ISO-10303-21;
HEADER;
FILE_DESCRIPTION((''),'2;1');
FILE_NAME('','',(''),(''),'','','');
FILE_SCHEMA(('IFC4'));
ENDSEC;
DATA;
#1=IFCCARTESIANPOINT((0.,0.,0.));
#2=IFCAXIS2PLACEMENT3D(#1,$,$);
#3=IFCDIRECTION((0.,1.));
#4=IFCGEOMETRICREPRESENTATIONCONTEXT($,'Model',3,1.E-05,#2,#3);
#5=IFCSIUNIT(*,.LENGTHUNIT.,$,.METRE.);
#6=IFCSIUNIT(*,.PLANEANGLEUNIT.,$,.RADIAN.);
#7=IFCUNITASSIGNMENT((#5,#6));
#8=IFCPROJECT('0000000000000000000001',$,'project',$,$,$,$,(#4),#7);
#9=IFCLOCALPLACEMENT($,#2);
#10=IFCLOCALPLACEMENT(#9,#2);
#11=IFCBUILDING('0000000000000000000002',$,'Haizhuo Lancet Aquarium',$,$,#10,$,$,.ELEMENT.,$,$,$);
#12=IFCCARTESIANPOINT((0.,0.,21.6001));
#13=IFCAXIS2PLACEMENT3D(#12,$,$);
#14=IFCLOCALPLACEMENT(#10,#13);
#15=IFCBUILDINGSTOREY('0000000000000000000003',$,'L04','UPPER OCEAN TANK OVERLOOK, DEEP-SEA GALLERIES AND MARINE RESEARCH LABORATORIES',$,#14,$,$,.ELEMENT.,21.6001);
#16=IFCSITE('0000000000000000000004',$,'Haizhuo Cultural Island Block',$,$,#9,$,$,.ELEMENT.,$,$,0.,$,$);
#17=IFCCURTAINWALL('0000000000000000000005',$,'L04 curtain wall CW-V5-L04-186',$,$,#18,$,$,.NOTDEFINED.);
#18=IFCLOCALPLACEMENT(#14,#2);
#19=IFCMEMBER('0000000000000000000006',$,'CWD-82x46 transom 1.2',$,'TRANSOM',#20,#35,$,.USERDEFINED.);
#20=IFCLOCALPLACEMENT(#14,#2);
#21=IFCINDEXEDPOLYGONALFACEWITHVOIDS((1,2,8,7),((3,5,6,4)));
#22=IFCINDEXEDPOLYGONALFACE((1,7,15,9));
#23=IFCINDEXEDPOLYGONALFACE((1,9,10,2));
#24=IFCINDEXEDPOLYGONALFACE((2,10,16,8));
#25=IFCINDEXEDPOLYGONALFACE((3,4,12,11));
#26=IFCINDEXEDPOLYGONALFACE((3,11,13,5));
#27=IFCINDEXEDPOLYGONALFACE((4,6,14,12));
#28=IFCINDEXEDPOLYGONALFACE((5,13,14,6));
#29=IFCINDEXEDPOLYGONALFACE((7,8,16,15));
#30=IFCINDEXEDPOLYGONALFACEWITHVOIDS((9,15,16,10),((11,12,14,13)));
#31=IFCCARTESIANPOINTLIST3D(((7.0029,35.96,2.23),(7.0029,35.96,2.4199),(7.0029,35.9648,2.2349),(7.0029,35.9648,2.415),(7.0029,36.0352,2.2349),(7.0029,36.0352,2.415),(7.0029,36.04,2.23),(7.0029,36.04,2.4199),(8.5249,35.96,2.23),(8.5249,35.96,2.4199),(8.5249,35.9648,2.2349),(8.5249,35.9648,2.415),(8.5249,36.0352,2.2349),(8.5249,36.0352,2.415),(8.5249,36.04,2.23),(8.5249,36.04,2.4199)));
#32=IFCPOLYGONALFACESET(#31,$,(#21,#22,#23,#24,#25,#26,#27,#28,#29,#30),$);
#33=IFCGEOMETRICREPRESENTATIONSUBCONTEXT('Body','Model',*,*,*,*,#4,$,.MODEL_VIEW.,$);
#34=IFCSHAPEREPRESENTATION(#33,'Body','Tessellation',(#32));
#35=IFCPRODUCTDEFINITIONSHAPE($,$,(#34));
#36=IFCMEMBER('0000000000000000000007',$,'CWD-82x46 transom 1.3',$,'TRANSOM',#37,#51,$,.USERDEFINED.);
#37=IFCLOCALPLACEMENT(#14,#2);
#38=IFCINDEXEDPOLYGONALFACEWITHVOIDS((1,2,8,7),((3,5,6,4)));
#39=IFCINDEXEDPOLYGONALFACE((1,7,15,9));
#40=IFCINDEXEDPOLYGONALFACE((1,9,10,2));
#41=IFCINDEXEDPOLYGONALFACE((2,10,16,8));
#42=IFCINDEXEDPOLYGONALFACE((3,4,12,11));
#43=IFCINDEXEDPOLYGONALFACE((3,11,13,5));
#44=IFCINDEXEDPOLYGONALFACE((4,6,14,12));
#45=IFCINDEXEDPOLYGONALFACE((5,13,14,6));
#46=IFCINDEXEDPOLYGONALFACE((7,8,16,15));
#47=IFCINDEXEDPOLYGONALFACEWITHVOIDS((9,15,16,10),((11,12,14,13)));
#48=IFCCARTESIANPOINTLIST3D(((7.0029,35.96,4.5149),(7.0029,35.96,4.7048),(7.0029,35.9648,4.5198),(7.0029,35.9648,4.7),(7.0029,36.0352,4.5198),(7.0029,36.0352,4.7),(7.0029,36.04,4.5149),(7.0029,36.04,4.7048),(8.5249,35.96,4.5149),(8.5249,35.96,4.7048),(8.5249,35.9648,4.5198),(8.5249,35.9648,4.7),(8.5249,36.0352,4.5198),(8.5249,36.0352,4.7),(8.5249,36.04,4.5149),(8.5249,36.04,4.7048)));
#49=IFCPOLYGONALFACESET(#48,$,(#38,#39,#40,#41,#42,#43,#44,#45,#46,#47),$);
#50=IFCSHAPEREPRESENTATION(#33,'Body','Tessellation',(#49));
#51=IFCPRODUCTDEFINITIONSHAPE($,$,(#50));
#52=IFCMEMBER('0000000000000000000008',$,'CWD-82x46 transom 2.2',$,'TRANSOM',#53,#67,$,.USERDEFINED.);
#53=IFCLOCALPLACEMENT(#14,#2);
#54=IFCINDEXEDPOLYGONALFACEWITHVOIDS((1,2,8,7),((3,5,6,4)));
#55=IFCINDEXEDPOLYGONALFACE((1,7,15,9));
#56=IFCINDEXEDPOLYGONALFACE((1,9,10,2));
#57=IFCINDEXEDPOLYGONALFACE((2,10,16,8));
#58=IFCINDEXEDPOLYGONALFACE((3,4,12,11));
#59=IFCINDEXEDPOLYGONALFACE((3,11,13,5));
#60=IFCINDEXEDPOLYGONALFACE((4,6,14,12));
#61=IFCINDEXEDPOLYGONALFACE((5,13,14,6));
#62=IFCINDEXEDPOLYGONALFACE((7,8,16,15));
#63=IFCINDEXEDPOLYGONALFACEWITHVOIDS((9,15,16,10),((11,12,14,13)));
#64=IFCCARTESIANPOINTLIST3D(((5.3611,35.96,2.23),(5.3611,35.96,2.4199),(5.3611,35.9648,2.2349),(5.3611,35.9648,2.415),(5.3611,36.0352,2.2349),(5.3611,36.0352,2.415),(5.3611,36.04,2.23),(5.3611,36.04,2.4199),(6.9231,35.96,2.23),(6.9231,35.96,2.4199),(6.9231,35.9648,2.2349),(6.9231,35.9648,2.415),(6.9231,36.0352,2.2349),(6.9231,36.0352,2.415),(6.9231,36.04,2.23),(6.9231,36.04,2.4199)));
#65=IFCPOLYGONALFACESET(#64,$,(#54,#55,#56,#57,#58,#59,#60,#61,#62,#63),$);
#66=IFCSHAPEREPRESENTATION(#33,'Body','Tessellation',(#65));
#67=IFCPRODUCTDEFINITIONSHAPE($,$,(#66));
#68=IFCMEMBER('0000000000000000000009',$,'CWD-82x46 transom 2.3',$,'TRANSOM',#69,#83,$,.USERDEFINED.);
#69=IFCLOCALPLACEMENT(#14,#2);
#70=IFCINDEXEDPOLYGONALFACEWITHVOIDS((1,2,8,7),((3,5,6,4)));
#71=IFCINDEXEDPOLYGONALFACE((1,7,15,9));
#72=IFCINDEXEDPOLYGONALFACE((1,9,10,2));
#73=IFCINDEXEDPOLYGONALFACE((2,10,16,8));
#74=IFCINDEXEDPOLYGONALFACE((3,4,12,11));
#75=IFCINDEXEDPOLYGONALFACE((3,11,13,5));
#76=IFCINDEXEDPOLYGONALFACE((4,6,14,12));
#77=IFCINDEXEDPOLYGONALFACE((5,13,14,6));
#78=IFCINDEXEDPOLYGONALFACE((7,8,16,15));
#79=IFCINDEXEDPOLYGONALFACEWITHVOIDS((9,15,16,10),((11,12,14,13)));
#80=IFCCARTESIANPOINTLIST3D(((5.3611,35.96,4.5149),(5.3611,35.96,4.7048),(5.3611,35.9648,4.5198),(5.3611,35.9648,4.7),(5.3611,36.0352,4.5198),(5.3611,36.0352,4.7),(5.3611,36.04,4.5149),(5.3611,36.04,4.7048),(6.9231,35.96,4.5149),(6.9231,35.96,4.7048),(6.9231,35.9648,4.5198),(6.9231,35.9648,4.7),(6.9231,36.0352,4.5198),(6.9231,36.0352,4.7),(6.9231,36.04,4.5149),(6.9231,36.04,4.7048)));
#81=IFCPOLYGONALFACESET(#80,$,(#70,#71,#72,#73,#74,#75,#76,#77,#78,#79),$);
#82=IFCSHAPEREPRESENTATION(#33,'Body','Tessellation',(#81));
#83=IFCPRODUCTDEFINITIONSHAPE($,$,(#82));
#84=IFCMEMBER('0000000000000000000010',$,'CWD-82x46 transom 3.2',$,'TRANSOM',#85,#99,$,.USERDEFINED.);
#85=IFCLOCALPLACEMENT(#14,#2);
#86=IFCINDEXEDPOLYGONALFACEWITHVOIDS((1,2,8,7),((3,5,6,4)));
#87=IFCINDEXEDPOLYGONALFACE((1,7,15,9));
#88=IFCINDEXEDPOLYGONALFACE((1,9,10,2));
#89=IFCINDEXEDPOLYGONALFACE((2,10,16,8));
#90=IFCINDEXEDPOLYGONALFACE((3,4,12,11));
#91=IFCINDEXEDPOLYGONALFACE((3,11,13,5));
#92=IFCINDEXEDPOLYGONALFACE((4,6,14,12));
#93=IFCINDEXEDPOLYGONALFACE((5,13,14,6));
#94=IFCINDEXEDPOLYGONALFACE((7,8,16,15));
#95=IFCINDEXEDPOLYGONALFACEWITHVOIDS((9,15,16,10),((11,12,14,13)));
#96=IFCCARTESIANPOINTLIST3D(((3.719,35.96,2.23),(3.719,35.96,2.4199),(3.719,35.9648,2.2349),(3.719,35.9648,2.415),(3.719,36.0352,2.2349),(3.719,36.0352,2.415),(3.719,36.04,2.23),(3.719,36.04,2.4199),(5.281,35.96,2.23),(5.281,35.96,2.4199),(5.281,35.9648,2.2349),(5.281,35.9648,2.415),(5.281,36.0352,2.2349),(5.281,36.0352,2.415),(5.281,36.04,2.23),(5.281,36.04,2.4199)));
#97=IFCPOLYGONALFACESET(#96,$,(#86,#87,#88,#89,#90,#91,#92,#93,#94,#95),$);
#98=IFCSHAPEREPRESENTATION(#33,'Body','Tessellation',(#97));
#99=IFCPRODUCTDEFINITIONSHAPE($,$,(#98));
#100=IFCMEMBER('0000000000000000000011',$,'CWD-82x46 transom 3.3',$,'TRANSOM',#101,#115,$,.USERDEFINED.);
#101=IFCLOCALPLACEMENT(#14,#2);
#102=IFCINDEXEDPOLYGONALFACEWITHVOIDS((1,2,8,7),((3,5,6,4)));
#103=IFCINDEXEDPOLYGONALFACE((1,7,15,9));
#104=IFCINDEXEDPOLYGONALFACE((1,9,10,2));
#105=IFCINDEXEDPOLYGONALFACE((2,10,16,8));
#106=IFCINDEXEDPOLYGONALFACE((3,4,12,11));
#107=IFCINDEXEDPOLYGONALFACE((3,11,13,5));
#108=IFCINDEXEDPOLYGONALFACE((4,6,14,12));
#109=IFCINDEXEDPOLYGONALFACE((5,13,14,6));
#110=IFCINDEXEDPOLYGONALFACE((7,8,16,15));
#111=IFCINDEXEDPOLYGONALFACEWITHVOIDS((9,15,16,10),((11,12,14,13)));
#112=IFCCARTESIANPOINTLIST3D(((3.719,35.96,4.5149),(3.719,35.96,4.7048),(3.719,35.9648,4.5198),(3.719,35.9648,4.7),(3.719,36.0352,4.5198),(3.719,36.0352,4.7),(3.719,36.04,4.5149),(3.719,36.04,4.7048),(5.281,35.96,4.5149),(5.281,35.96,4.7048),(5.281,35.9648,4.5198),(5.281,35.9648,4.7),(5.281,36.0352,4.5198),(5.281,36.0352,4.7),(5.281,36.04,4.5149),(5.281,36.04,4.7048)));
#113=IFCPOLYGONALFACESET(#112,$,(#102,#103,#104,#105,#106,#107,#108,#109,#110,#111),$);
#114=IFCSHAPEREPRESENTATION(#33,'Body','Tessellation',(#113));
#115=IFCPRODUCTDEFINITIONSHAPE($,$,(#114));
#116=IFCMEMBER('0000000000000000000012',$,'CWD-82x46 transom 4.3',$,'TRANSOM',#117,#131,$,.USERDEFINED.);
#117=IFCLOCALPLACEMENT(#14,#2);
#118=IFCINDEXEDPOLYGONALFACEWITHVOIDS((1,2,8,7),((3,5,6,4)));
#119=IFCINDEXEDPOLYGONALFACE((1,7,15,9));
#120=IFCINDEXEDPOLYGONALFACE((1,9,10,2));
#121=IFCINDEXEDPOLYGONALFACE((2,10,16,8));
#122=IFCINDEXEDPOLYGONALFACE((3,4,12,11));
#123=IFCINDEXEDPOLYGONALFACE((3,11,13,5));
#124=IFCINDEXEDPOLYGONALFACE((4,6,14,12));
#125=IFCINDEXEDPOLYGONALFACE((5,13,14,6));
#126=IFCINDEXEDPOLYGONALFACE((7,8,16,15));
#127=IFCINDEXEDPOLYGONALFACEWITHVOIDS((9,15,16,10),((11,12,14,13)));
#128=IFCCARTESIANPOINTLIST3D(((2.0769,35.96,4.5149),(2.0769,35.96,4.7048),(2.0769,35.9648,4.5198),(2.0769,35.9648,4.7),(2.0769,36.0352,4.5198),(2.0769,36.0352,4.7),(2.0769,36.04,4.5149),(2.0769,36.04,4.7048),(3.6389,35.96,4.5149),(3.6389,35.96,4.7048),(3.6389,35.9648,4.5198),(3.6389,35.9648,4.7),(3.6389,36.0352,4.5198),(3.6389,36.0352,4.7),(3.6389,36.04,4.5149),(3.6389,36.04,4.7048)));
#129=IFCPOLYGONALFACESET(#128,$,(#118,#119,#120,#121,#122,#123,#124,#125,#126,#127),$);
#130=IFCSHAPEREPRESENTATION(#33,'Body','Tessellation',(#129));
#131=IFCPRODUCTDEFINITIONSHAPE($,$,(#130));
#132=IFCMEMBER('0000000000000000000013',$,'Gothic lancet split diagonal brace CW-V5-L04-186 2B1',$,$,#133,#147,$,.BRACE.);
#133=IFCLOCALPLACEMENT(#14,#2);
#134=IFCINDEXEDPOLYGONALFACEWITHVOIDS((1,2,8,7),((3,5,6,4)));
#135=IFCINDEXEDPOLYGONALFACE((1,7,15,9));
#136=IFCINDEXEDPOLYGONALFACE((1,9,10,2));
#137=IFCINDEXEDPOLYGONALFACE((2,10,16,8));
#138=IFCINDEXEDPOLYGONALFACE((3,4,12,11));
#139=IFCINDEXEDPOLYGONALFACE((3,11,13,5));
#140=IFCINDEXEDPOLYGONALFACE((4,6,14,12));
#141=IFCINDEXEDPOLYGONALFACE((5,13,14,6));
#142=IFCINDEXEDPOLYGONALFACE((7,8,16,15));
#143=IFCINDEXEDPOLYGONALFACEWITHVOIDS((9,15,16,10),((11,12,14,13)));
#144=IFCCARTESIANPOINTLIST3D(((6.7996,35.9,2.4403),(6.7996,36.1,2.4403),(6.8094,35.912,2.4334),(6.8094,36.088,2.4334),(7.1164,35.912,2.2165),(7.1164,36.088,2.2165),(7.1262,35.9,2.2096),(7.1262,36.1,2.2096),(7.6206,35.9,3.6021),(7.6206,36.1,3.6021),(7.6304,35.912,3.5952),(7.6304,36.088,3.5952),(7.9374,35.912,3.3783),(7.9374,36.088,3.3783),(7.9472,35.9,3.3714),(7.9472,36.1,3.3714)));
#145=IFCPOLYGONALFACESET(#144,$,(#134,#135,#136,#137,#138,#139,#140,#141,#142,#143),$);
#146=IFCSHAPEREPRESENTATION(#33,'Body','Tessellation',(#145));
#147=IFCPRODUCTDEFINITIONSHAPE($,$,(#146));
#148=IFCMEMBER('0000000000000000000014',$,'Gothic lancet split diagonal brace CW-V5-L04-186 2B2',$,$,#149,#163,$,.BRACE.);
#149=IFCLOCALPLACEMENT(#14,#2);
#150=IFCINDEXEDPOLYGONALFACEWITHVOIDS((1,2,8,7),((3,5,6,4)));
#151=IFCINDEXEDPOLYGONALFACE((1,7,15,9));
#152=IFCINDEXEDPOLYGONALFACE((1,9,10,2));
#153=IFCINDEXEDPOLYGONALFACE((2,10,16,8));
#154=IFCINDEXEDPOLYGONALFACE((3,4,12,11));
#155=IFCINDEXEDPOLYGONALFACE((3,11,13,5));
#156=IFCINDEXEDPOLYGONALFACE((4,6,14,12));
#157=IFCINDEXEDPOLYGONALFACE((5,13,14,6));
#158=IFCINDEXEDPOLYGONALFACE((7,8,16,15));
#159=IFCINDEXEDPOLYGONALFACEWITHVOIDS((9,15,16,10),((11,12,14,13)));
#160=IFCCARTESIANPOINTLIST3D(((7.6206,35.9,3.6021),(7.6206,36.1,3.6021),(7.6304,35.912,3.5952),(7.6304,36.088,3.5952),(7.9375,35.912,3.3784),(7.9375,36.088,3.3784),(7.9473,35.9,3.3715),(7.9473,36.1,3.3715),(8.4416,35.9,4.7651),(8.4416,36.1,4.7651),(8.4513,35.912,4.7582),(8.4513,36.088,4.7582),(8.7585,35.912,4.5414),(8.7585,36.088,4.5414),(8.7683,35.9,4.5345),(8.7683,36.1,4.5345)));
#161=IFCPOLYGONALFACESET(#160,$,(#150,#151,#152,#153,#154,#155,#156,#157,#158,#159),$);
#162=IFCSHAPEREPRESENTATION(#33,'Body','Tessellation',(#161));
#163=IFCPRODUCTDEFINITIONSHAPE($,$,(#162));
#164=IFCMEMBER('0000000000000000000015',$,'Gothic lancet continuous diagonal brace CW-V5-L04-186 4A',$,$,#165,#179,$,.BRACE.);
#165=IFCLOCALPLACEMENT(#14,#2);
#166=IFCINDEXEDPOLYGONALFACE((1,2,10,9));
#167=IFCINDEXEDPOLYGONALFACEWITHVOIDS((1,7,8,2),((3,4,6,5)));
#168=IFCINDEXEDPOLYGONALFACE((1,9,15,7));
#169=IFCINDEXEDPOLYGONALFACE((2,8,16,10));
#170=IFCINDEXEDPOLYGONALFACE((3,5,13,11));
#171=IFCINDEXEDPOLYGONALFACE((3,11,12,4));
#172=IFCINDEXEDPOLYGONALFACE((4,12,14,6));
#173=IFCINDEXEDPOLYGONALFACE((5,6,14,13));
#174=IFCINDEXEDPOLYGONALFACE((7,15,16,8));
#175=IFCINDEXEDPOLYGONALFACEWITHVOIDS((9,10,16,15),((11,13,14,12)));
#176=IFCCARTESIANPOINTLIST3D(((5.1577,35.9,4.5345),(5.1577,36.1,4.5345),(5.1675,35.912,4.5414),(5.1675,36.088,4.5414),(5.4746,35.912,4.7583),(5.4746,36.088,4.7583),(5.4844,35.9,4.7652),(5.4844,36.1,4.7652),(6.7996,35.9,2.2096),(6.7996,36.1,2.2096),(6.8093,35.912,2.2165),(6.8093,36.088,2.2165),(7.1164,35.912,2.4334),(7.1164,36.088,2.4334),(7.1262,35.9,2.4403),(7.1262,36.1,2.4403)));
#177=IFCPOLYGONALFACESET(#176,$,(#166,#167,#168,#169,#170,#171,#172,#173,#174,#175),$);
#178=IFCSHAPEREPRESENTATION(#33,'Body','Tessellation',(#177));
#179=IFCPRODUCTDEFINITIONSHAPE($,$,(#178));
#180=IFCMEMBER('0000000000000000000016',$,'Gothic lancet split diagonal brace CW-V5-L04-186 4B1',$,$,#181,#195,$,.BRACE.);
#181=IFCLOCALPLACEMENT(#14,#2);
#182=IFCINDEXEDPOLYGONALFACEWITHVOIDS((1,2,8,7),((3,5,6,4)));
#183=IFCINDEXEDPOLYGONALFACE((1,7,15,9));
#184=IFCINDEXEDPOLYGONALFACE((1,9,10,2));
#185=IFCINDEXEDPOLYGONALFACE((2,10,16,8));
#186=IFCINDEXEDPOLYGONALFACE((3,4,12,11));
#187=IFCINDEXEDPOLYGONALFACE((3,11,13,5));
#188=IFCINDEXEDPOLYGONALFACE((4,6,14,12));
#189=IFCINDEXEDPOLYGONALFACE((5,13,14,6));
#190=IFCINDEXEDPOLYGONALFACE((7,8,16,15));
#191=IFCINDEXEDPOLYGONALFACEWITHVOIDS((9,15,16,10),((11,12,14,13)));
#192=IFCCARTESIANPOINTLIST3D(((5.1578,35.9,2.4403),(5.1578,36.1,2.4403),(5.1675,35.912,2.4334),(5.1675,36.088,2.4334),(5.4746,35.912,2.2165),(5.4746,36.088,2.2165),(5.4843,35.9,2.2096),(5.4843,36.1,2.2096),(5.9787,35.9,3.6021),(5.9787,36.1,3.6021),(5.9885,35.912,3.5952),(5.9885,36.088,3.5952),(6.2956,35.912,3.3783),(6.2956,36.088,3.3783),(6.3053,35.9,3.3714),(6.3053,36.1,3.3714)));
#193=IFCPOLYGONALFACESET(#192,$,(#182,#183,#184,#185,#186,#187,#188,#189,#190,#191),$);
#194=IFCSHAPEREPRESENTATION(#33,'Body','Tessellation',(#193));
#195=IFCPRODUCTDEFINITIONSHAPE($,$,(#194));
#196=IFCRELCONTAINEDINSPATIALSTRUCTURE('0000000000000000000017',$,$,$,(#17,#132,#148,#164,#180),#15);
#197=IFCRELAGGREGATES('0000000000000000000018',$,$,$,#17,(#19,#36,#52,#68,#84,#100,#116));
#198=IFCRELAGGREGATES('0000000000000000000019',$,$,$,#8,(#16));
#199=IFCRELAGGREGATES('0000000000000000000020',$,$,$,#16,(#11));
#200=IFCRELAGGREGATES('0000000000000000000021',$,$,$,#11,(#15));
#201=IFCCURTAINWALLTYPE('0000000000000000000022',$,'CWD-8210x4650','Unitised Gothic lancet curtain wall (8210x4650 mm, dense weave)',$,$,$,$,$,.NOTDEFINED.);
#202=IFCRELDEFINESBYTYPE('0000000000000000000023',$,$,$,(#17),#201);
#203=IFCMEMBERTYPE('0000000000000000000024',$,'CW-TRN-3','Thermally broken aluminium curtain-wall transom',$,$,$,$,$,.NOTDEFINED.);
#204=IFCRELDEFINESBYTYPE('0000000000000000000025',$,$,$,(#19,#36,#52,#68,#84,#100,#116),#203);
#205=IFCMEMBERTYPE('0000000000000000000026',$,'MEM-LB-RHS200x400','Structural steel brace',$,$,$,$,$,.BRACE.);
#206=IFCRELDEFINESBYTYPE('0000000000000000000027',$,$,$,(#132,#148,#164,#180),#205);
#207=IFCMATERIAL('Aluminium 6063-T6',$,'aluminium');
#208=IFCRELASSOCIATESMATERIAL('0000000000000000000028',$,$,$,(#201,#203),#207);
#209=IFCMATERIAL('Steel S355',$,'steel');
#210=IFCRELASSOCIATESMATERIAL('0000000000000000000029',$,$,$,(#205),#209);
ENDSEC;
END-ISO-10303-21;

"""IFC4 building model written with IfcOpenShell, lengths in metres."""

from ifc_helpers import new_model, si_unit, direction, frame, origin, origin_2d, place, context, subcontext, project, spatial, hollow_rectangle, extrude, material, material_profile, profile_set, type_object, element, aggregate, save


model = new_model("IFC4")

# Units and contexts
model_context = context("Model", 3, precision=1e-05, world=origin(), true_north=direction((0.0, 1.0)))
body_context = subcontext(model_context, "Body", "Model", "MODEL_VIEW")
ifc_project = project(units=[si_unit("LENGTHUNIT", "METRE"), si_unit("PLANEANGLEUNIT", "RADIAN")], contexts=[model_context])

# Site, building, storey
site_placement = place(None, origin())
site = spatial("IfcSite", under=ifc_project, at=site_placement, Name="Haizhuo Cultural Island Block", CompositionType="ELEMENT", RefElevation=0.0)
building_placement = place(site_placement, origin())
building = spatial("IfcBuilding", under=site, at=building_placement, Name="Haizhuo Lancet Aquarium", CompositionType="ELEMENT")
storey_placement = place(building_placement, frame((0.0, 0.0, 21.6001)))
storey = spatial("IfcBuildingStorey", under=building, at=storey_placement, Name="L04", Description="UPPER OCEAN TANK OVERLOOK, DEEP-SEA GALLERIES AND MARINE RESEARCH LABORATORIES", CompositionType="ELEMENT", Elevation=21.6001)

# Curtain wall, members
ifc_material_1 = material(Name="Aluminium 6063-T6", Category="aluminium")
curtain_wall_type = type_object("IfcCurtainWallType", Name="CWD-8210x4650", Description="Unitised Gothic lancet curtain wall (8210x4650 mm, dense weave)", PredefinedType="NOTDEFINED", material=ifc_material_1)
curtain_wall_placement = place(storey_placement, origin())
curtain_wall = element("IfcCurtainWall", 1, at=curtain_wall_placement, inside=storey, type_object=curtain_wall_type, Name="L04 curtain wall CW-V5-L04-186", PredefinedType="NOTDEFINED")
ifc_material_profile_1 = material_profile(ifc_material_1, hollow_rectangle(XDim=0.0801, YDim=0.1899, WallThickness=0.0049, at=origin_2d()), Name="ALU-T 80x190x5")
ifc_profile_set_1 = profile_set([ifc_material_profile_1], Name="Aluminium 6063-T6")
member_type_1 = type_object("IfcMemberType", Name="CW-TRN-3", Description="Thermally broken aluminium curtain-wall transom", PredefinedType="NOTDEFINED", material=ifc_profile_set_1)
member_1_placement = place(storey_placement, frame((8.5249, 36.0, 2.325), z_axis=(-1.0, 0.0, 0.0), x_axis=(0.0, -1.0, 0.0)))
member_1 = element("IfcMember", 2, at=member_1_placement, type_object=member_type_1, Name="CWD-82x46 transom 1.2", ObjectType="TRANSOM", PredefinedType="USERDEFINED", context=body_context, shape_type="SweptSolid", body=[
    extrude(hollow_rectangle(XDim=0.0801, YDim=0.1899, WallThickness=0.0049, at=origin_2d()), origin(), (0.0, 0.0, 1.0), 1.522),
])
member_2_placement = place(storey_placement, frame((8.5249, 36.0, 4.6099), z_axis=(-1.0, 0.0, 0.0), x_axis=(0.0, -1.0, 0.0)))
member_2 = element("IfcMember", 3, at=member_2_placement, type_object=member_type_1, Name="CWD-82x46 transom 1.3", ObjectType="TRANSOM", PredefinedType="USERDEFINED", context=body_context, shape_type="SweptSolid", body=[
    extrude(hollow_rectangle(XDim=0.0801, YDim=0.1899, WallThickness=0.0049, at=origin_2d()), origin(), (0.0, 0.0, 1.0), 1.522),
])
member_3_placement = place(storey_placement, frame((6.9231, 36.0, 2.325), z_axis=(-1.0, 0.0, 0.0), x_axis=(0.0, -1.0, 0.0)))
member_3 = element("IfcMember", 4, at=member_3_placement, type_object=member_type_1, Name="CWD-82x46 transom 2.2", ObjectType="TRANSOM", PredefinedType="USERDEFINED", context=body_context, shape_type="SweptSolid", body=[
    extrude(hollow_rectangle(XDim=0.0801, YDim=0.1899, WallThickness=0.0049, at=origin_2d()), origin(), (0.0, 0.0, 1.0), 1.562),
])
member_4_placement = place(storey_placement, frame((6.9231, 36.0, 4.6099), z_axis=(-1.0, 0.0, 0.0), x_axis=(0.0, -1.0, 0.0)))
member_4 = element("IfcMember", 5, at=member_4_placement, type_object=member_type_1, Name="CWD-82x46 transom 2.3", ObjectType="TRANSOM", PredefinedType="USERDEFINED", context=body_context, shape_type="SweptSolid", body=[
    extrude(hollow_rectangle(XDim=0.0801, YDim=0.1899, WallThickness=0.0049, at=origin_2d()), origin(), (0.0, 0.0, 1.0), 1.562),
])
member_5_placement = place(storey_placement, frame((5.281, 36.0, 2.325), z_axis=(-1.0, 0.0, 0.0), x_axis=(0.0, -1.0, 0.0)))
member_5 = element("IfcMember", 6, at=member_5_placement, type_object=member_type_1, Name="CWD-82x46 transom 3.2", ObjectType="TRANSOM", PredefinedType="USERDEFINED", context=body_context, shape_type="SweptSolid", body=[
    extrude(hollow_rectangle(XDim=0.0801, YDim=0.1899, WallThickness=0.0049, at=origin_2d()), origin(), (0.0, 0.0, 1.0), 1.562),
])
member_6_placement = place(storey_placement, frame((5.281, 36.0, 4.6099), z_axis=(-1.0, 0.0, 0.0), x_axis=(0.0, -1.0, 0.0)))
member_6 = element("IfcMember", 7, at=member_6_placement, type_object=member_type_1, Name="CWD-82x46 transom 3.3", ObjectType="TRANSOM", PredefinedType="USERDEFINED", context=body_context, shape_type="SweptSolid", body=[
    extrude(hollow_rectangle(XDim=0.0801, YDim=0.1899, WallThickness=0.0049, at=origin_2d()), origin(), (0.0, 0.0, 1.0), 1.562),
])
member_7_placement = place(storey_placement, frame((3.6389, 36.0, 4.6099), z_axis=(-1.0, 0.0, 0.0), x_axis=(0.0, -1.0, 0.0)))
member_7 = element("IfcMember", 8, at=member_7_placement, type_object=member_type_1, Name="CWD-82x46 transom 4.3", ObjectType="TRANSOM", PredefinedType="USERDEFINED", context=body_context, shape_type="SweptSolid", body=[
    extrude(hollow_rectangle(XDim=0.0801, YDim=0.1899, WallThickness=0.0049, at=origin_2d()), origin(), (0.0, 0.0, 1.0), 1.562),
])

# Members
ifc_material_2 = material(Name="Steel S355", Category="steel")
ifc_material_profile_2 = material_profile(ifc_material_2, hollow_rectangle(XDim=0.2, YDim=0.3999, WallThickness=0.012, at=origin_2d()), Name="RHS 200x400x12")
ifc_profile_set_2 = profile_set([ifc_material_profile_2], Name="Steel S355")
member_type_2 = type_object("IfcMemberType", Name="MEM-LB-RHS200x400", Description="Structural steel brace", PredefinedType="BRACE", material=ifc_profile_set_2)
member_8_placement = place(storey_placement, frame((6.9629, 36.0, 2.325), z_axis=(0.577108, 0.0, 0.816668), x_axis=(0.0, 1.0, 0.0)))
element("IfcMember", 9, at=member_8_placement, inside=storey, type_object=member_type_2, Name="Gothic lancet split diagonal brace CW-V5-L04-186 2B1", PredefinedType="BRACE", context=body_context, shape_type="SweptSolid", body=[
    extrude(hollow_rectangle(XDim=0.2, YDim=0.3999, WallThickness=0.012, at=origin_2d()), origin(), (0.0, 0.0, 1.0), 1.4226),
])
member_9_placement = place(storey_placement, frame((7.7839, 36.0, 3.4868), z_axis=(0.576703, 0.0, 0.816954), x_axis=(0.0, 1.0, 0.0)))
element("IfcMember", 10, at=member_9_placement, inside=storey, type_object=member_type_2, Name="Gothic lancet split diagonal brace CW-V5-L04-186 2B2", PredefinedType="BRACE", context=body_context, shape_type="SweptSolid", body=[
    extrude(hollow_rectangle(XDim=0.2, YDim=0.3999, WallThickness=0.012, at=origin_2d()), origin(), (0.0, 0.0, 1.0), 1.4236),
])
member_10_placement = place(storey_placement, frame((6.9629, 36.0, 2.325), z_axis=(-0.576848, 0.0, 0.816851), x_axis=(0.0, -1.0, 0.0)))
element("IfcMember", 11, at=member_10_placement, inside=storey, type_object=member_type_2, Name="Gothic lancet continuous diagonal brace CW-V5-L04-186 4A", PredefinedType="BRACE", context=body_context, shape_type="SweptSolid", body=[
    extrude(hollow_rectangle(XDim=0.2, YDim=0.3999, WallThickness=0.012, at=origin_2d()), origin(), (0.0, 0.0, 1.0), 2.8462),
])
member_11_placement = place(storey_placement, frame((5.321, 36.0, 2.325), z_axis=(0.577108, 0.0, 0.816668), x_axis=(0.0, 1.0, 0.0)))
element("IfcMember", 12, at=member_11_placement, inside=storey, type_object=member_type_2, Name="Gothic lancet split diagonal brace CW-V5-L04-186 4B1", PredefinedType="BRACE", context=body_context, shape_type="SweptSolid", body=[
    extrude(hollow_rectangle(XDim=0.2, YDim=0.3999, WallThickness=0.012, at=origin_2d()), origin(), (0.0, 0.0, 1.0), 1.4226),
])

aggregate(curtain_wall, [member_1, member_2, member_3, member_4, member_5, member_6, member_7])

save(model, "model.ifc")
